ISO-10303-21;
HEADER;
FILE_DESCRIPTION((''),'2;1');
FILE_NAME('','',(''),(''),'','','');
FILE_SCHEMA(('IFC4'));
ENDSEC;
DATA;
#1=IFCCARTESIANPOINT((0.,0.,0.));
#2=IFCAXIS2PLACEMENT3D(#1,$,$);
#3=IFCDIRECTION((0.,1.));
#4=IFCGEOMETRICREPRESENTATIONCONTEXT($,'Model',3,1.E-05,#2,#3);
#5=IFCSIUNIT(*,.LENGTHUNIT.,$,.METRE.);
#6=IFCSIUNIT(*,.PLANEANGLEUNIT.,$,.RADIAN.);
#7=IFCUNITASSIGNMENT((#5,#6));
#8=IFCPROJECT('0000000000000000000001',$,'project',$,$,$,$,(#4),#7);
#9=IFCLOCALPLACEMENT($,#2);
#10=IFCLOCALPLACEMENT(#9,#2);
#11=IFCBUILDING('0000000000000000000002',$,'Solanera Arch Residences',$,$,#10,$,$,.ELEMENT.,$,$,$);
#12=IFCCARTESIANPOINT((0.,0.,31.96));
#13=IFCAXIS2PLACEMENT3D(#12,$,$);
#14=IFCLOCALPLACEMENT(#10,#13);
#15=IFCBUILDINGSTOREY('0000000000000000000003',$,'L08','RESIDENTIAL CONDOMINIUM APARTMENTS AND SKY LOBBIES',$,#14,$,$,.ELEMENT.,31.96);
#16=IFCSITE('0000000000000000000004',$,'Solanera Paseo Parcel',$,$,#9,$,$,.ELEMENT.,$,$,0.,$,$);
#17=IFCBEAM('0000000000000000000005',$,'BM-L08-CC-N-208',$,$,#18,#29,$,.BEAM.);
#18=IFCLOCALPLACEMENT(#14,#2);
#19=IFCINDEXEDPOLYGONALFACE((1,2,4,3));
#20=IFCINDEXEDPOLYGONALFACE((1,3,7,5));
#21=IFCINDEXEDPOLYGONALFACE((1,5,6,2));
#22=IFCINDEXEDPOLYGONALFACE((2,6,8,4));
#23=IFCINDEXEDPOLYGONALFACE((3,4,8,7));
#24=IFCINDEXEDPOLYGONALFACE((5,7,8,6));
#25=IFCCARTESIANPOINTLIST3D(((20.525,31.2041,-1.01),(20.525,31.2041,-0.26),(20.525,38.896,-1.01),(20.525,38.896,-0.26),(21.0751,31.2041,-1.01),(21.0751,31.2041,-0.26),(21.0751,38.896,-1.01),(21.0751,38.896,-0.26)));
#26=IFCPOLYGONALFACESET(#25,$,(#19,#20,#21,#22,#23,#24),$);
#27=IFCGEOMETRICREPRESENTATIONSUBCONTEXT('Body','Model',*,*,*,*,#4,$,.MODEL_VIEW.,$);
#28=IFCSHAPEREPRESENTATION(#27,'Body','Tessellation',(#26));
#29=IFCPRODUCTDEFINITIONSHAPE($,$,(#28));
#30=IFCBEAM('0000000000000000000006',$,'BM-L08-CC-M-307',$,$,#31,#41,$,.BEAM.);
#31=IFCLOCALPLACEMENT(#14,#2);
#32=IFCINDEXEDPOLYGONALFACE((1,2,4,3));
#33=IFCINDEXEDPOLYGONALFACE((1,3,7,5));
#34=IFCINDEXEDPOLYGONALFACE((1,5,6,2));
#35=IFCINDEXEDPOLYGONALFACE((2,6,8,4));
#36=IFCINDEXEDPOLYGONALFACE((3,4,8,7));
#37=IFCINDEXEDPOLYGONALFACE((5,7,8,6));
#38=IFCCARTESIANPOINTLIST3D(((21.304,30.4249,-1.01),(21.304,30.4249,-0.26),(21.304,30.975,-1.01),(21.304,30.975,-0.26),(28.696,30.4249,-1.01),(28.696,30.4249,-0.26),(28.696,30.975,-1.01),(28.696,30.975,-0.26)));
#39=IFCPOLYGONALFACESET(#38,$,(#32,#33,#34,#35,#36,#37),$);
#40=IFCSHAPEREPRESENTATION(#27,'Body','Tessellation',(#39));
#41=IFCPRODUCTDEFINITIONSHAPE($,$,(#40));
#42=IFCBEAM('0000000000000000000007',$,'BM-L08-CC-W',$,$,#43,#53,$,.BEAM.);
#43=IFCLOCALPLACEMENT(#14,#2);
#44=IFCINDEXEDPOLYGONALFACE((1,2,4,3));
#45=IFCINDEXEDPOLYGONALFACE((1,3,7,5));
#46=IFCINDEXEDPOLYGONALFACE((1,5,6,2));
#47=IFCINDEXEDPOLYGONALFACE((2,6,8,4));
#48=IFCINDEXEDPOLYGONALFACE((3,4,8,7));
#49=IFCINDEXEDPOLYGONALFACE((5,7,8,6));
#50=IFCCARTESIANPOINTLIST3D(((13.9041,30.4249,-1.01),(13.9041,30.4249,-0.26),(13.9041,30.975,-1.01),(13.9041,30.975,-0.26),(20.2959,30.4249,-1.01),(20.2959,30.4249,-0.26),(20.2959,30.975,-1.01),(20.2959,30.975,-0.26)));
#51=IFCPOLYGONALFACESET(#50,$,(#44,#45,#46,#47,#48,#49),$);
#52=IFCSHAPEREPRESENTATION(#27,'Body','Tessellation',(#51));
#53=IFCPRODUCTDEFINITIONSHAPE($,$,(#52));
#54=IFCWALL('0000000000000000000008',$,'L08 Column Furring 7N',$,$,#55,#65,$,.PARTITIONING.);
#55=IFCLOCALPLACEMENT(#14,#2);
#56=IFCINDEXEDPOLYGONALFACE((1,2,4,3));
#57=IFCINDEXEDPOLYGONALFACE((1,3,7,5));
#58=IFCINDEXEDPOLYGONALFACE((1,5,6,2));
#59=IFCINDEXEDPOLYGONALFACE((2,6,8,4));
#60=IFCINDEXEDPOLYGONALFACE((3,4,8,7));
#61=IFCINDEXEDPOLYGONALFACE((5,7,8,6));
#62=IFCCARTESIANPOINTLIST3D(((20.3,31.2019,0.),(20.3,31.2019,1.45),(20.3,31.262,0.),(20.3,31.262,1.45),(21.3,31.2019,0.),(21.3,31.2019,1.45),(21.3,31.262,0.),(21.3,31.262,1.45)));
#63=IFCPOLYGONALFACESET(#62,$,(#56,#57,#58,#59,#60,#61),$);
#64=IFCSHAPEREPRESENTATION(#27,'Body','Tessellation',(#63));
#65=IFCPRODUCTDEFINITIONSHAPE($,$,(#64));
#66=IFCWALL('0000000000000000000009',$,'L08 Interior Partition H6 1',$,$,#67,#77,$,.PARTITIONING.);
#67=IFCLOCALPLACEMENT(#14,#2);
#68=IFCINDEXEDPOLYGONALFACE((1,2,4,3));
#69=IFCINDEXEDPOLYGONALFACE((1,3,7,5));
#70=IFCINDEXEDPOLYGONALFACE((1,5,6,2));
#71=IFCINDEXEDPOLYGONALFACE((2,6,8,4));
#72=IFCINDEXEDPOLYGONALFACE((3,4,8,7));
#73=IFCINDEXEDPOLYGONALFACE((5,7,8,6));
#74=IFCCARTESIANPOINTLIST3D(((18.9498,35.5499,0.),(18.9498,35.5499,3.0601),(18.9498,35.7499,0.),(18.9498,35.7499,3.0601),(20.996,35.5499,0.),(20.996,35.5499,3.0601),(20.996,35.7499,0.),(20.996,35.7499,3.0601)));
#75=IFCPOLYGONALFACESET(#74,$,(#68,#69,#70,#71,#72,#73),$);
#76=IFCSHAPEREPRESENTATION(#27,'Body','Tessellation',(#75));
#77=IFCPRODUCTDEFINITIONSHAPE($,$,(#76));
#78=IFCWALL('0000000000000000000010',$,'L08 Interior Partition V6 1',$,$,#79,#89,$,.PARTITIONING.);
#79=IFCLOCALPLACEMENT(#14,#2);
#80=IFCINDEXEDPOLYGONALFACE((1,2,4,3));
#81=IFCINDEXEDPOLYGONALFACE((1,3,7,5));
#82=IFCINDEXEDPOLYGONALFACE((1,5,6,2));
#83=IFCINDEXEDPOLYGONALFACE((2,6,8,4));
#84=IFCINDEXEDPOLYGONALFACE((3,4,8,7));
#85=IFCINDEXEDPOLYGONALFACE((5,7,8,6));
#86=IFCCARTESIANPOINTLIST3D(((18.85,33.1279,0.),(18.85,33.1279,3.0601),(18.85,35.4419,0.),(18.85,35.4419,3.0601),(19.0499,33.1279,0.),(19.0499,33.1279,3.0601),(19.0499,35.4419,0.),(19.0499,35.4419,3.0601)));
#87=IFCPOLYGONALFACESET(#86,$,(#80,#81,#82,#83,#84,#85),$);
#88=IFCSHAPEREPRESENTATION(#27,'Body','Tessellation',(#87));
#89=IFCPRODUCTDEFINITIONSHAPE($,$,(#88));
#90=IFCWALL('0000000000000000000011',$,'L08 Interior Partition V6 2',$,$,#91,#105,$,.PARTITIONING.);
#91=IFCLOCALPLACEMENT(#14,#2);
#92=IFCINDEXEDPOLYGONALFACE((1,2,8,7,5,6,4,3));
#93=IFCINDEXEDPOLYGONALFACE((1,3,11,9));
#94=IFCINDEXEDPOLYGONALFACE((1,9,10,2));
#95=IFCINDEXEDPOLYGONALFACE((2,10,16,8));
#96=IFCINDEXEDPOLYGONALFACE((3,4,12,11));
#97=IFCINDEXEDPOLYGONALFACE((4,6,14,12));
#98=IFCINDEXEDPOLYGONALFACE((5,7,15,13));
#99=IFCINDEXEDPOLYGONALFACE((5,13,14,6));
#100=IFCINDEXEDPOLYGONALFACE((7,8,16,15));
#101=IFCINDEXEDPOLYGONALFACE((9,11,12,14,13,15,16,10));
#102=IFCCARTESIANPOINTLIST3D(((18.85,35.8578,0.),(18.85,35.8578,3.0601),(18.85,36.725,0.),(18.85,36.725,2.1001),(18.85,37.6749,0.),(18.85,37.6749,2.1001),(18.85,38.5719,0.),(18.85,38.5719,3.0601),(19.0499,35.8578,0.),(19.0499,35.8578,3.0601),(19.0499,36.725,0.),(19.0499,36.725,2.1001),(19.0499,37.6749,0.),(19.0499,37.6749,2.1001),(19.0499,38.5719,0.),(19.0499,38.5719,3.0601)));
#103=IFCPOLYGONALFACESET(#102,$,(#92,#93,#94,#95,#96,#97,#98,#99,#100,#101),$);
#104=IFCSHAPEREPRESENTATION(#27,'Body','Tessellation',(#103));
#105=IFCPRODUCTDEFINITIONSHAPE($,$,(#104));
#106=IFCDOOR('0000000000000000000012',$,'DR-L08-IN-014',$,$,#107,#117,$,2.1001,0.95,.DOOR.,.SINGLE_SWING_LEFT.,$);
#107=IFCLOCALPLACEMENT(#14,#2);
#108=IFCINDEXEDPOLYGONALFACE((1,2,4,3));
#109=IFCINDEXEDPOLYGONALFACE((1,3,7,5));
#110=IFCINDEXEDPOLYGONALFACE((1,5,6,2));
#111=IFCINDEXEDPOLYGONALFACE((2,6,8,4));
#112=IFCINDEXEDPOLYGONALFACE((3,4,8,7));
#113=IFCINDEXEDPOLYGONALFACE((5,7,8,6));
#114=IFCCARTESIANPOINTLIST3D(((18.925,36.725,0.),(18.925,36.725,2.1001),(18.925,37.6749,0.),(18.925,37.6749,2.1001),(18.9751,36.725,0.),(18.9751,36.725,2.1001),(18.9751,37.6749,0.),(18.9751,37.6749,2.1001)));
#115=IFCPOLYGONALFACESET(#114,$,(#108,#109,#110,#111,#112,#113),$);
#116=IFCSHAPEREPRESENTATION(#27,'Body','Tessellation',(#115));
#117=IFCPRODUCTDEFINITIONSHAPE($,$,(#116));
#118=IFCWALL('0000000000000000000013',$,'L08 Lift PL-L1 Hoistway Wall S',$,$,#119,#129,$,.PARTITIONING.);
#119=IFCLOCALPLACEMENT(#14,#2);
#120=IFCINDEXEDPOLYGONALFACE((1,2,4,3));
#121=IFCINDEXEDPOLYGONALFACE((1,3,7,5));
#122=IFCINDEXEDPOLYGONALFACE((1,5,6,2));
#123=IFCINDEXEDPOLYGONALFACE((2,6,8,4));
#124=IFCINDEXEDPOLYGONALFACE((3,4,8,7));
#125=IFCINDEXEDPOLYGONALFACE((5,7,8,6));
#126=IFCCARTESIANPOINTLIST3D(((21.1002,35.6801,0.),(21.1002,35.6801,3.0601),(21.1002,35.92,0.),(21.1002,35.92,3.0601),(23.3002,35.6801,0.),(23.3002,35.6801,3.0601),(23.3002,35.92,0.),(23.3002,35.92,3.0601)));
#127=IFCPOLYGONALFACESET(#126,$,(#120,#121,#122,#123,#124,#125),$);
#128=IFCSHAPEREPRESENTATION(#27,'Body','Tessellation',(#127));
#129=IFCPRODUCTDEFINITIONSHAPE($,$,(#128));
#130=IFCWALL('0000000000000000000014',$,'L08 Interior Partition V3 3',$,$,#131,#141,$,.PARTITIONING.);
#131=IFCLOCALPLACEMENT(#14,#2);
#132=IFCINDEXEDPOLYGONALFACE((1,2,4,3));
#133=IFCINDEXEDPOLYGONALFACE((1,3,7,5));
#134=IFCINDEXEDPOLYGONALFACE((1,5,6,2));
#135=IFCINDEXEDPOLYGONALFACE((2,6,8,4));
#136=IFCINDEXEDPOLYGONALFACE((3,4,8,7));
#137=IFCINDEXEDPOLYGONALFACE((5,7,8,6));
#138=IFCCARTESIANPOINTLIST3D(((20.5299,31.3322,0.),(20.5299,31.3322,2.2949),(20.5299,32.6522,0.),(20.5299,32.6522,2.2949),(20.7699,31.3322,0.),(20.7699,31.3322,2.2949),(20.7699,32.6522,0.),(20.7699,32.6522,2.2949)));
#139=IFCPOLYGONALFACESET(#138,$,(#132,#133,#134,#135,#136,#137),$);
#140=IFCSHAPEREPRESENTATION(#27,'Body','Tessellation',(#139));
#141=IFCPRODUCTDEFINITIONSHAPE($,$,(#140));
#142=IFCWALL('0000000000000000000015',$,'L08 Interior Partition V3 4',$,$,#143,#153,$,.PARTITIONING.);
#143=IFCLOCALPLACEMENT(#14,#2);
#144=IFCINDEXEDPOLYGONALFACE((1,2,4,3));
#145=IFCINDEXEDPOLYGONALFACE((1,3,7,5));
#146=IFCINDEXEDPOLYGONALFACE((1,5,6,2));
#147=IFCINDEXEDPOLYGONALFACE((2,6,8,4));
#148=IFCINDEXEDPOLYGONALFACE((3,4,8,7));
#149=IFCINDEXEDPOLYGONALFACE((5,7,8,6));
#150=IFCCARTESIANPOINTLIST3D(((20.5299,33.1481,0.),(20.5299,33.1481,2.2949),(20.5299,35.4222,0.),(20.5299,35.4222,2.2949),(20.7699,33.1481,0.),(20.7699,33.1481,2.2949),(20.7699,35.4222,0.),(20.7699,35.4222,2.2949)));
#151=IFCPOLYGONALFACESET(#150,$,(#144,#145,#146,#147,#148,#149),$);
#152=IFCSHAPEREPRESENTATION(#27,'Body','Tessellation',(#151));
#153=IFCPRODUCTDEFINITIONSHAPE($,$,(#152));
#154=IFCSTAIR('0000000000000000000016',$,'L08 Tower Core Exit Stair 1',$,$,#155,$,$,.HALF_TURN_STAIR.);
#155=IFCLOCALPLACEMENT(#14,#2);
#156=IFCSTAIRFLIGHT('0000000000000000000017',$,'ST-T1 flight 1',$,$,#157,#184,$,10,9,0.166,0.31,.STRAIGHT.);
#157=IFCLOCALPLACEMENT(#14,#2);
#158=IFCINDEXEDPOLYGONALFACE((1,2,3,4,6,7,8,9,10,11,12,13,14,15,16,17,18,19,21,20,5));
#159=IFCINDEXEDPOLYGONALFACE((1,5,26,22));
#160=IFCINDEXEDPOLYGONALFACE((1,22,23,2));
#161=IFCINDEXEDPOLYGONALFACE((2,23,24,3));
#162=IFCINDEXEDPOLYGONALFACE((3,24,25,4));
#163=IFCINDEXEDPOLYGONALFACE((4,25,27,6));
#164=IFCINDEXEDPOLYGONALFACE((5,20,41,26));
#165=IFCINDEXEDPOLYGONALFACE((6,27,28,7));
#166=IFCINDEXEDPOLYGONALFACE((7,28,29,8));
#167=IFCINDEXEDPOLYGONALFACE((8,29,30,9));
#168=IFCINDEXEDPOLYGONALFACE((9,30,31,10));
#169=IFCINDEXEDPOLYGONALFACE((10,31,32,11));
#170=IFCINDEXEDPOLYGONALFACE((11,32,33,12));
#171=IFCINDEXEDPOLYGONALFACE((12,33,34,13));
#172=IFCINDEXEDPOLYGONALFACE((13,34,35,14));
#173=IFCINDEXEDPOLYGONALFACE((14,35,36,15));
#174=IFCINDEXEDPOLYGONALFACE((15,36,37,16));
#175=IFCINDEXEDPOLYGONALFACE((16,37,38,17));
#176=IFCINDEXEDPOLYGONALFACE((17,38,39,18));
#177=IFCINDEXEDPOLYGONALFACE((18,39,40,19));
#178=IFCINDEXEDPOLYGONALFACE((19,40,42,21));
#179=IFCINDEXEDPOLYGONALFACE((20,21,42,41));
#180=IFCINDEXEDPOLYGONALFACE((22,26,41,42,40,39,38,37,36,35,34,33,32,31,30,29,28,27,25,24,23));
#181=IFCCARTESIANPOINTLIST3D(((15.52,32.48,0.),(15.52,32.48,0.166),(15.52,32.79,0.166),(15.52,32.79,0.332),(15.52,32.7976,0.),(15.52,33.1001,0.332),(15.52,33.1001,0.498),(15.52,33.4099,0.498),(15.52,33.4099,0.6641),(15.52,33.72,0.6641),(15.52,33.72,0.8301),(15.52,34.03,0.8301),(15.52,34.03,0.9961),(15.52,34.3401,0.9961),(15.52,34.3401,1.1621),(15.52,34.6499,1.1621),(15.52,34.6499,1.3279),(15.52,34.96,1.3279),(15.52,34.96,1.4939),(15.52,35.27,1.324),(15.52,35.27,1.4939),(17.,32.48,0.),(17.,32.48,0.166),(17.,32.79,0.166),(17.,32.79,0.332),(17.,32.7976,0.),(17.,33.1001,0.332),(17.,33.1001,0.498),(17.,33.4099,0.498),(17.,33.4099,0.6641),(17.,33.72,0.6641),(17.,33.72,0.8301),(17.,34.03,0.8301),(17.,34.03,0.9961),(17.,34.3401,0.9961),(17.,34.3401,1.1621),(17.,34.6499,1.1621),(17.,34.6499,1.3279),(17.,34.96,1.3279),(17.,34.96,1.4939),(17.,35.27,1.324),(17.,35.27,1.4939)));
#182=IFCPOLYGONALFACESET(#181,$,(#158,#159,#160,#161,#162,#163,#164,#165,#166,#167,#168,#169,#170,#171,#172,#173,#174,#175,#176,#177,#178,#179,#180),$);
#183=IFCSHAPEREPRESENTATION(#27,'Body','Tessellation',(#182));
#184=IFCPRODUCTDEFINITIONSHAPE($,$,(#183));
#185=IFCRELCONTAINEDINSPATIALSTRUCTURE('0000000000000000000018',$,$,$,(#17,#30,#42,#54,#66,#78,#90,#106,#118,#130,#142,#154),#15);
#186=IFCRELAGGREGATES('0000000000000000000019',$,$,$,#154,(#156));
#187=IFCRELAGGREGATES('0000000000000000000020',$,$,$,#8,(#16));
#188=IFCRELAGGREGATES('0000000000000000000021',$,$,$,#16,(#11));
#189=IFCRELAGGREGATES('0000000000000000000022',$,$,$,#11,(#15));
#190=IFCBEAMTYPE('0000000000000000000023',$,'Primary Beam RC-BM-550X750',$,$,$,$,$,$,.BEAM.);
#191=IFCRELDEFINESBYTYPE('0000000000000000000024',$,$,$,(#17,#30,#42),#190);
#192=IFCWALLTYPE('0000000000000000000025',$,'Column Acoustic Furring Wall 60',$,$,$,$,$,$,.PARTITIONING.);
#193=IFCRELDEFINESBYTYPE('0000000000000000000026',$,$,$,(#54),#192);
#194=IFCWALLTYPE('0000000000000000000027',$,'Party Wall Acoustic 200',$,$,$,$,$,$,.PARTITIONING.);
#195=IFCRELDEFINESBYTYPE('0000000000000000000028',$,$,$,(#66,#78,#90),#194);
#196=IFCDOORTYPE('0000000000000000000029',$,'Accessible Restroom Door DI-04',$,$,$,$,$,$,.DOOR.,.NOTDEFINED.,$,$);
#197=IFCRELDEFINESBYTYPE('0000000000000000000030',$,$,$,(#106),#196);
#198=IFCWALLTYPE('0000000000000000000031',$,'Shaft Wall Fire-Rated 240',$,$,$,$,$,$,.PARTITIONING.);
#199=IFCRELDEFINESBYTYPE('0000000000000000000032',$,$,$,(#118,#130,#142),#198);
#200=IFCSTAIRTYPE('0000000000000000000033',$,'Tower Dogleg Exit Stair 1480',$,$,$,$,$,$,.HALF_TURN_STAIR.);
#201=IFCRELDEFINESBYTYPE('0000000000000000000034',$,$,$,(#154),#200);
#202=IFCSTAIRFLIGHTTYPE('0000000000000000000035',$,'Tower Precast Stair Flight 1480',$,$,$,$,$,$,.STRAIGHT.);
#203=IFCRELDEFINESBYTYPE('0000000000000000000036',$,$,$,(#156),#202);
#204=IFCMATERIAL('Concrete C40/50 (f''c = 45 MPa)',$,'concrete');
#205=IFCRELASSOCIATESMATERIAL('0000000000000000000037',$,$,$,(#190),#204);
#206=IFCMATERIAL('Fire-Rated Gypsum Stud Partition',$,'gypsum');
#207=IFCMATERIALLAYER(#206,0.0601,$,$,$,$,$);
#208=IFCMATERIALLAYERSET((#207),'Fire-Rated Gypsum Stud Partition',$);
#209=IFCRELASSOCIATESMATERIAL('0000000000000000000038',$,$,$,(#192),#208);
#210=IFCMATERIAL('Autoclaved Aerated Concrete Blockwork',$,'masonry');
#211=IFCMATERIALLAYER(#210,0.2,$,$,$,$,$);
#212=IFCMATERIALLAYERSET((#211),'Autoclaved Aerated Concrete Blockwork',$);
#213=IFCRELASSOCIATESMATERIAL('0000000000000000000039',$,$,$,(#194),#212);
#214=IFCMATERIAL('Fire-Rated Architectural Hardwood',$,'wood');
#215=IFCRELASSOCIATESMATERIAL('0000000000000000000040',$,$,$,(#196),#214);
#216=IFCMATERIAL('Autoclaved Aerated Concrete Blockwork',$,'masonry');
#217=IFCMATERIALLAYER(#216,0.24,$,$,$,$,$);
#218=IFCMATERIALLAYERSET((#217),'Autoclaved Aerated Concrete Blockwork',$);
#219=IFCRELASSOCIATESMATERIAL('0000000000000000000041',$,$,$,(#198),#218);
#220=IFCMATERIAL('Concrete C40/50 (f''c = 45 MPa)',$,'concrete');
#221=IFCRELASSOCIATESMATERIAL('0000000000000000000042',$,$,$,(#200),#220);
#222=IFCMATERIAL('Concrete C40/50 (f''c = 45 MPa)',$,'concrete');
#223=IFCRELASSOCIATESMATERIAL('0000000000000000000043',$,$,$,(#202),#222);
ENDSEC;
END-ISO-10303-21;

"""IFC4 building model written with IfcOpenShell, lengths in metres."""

from ifc_helpers import new_model, si_unit, direction, frame, frame_2d, origin, origin_2d, place, context, subcontext, project, spatial, polyline, rectangle, outline, extrude, material, layer, layer_set, material_profile, profile_set, type_object, element, fill, aggregate, save


model = new_model("IFC4")

# Units and contexts
model_context = context("Model", 3, precision=1e-05, world=origin(), true_north=direction((0.0, 1.0)))
body_context = subcontext(model_context, "Body", "Model", "MODEL_VIEW")
ifc_project = project(units=[si_unit("LENGTHUNIT", "METRE"), si_unit("PLANEANGLEUNIT", "RADIAN")], contexts=[model_context])

# Site, building, storey
site_placement = place(None, origin())
site = spatial("IfcSite", under=ifc_project, at=site_placement, Name="Solanera Paseo Parcel", CompositionType="ELEMENT", RefElevation=0.0)
building_placement = place(site_placement, origin())
building = spatial("IfcBuilding", under=site, at=building_placement, Name="Solanera Arch Residences", CompositionType="ELEMENT")
storey_placement = place(building_placement, frame((0.0, 0.0, 31.96)))
storey = spatial("IfcBuildingStorey", under=building, at=storey_placement, Name="L08", Description="RESIDENTIAL CONDOMINIUM APARTMENTS AND SKY LOBBIES", CompositionType="ELEMENT", Elevation=31.96)

# Beams
ifc_material_1 = material(Name="Concrete C40/50 (f'c = 45 MPa)", Category="concrete")
ifc_material_profile = material_profile(ifc_material_1, rectangle(XDim=0.55, YDim=0.75, at=origin_2d()))
ifc_profile_set = profile_set([ifc_material_profile], Name="Concrete C40/50 (f'c = 45 MPa)")
beam_type = type_object("IfcBeamType", Name="Primary Beam RC-BM-550X750", PredefinedType="BEAM", material=ifc_profile_set)
beam_1_placement = place(storey_placement, frame((20.8, 31.2041, -0.635), z_axis=(0.0, 1.0, 0.0), x_axis=(-1.0, 0.0, 0.0)))
element("IfcBeam", 1, at=beam_1_placement, inside=storey, type_object=beam_type, Name="BM-L08-CC-N-208", PredefinedType="BEAM", context=body_context, shape_type="SweptSolid", body=[
    extrude(rectangle(XDim=0.55, YDim=0.75, at=origin_2d()), origin(), (0.0, 0.0, 1.0), 7.6919),
])
beam_2_placement = place(storey_placement, frame((21.304, 30.7, -0.635), z_axis=(1.0, 0.0, 0.0), x_axis=(0.0, 1.0, 0.0)))
element("IfcBeam", 2, at=beam_2_placement, inside=storey, type_object=beam_type, Name="BM-L08-CC-M-307", PredefinedType="BEAM", context=body_context, shape_type="SweptSolid", body=[
    extrude(rectangle(XDim=0.55, YDim=0.75, at=origin_2d()), origin(), (0.0, 0.0, 1.0), 7.3921),
])
beam_3_placement = place(storey_placement, frame((13.9041, 30.7, -0.635), z_axis=(1.0, 0.0, 0.0), x_axis=(0.0, 1.0, 0.0)))
element("IfcBeam", 3, at=beam_3_placement, inside=storey, type_object=beam_type, Name="BM-L08-CC-W", PredefinedType="BEAM", context=body_context, shape_type="SweptSolid", body=[
    extrude(rectangle(XDim=0.55, YDim=0.75, at=origin_2d()), origin(), (0.0, 0.0, 1.0), 6.3918),
])

# Wall
ifc_material_2 = material(Name="Fire-Rated Gypsum Stud Partition", Category="gypsum")
ifc_layer_1 = layer(ifc_material_2, 0.0601)
ifc_layer_set_1 = layer_set([ifc_layer_1], Name="Fire-Rated Gypsum Stud Partition")
wall_type_1 = type_object("IfcWallType", Name="Column Acoustic Furring Wall 60", PredefinedType="PARTITIONING", material=ifc_layer_set_1)
wall_1_placement = place(storey_placement, frame((20.3, 31.2319, 0.0), z_axis=(0.0, 0.0, 1.0), x_axis=(1.0, 0.0, 0.0)))
element("IfcWall", 4, at=wall_1_placement, inside=storey, type_object=wall_type_1, Name="L08 Column Furring 7N", PredefinedType="PARTITIONING", context=body_context, shape_type="SweptSolid", body=[
    extrude(rectangle(XDim=1.0, YDim=0.0601, at=frame_2d((0.5, 0.0))), origin(), (0.0, 0.0, 1.0), 1.45),
])

# Walls
ifc_material_3 = material(Name="Autoclaved Aerated Concrete Blockwork", Category="masonry")
ifc_layer_2 = layer(ifc_material_3, 0.2)
ifc_layer_set_2 = layer_set([ifc_layer_2], Name="Autoclaved Aerated Concrete Blockwork")
wall_type_2 = type_object("IfcWallType", Name="Party Wall Acoustic 200", PredefinedType="PARTITIONING", material=ifc_layer_set_2)
wall_2_placement = place(storey_placement, frame((18.95, 35.6499, 0.0), z_axis=(0.0, 0.0, 1.0), x_axis=(1.0, 0.0, 0.0)))
element("IfcWall", 5, at=wall_2_placement, inside=storey, type_object=wall_type_2, Name="L08 Interior Partition H6 1", PredefinedType="PARTITIONING", context=body_context, shape_type="SweptSolid", body=[
    extrude(rectangle(XDim=2.0461, YDim=0.2, at=frame_2d((1.0229, 0.0))), origin(), (0.0, 0.0, 1.0), 3.0601),
])
wall_3_placement = place(storey_placement, frame((18.95, 33.1279, 0.0), z_axis=(0.0, 0.0, 1.0), x_axis=(0.0, 1.0, 0.0)))
element("IfcWall", 6, at=wall_3_placement, inside=storey, type_object=wall_type_2, Name="L08 Interior Partition V6 1", PredefinedType="PARTITIONING", context=body_context, shape_type="SweptSolid", body=[
    extrude(rectangle(XDim=2.314, YDim=0.2, at=frame_2d((1.157, 0.0))), origin(), (0.0, 0.0, 1.0), 3.0601),
])

# Wall, opening, door
wall_4_placement = place(storey_placement, frame((18.95, 35.8579, 0.0), z_axis=(0.0, 0.0, 1.0), x_axis=(0.0, 1.0, 0.0)))
wall_4 = element("IfcWall", 7, at=wall_4_placement, inside=storey, type_object=wall_type_2, Name="L08 Interior Partition V6 2", PredefinedType="PARTITIONING", context=body_context, shape_type="SweptSolid", body=[
    extrude(rectangle(XDim=2.7141, YDim=0.2, at=frame_2d((1.3569, 0.0))), origin(), (0.0, 0.0, 1.0), 3.0601),
])
opening_1_placement = place(wall_4_placement, frame((0.8669, 0.0, 0.0)))
opening_1 = element("IfcOpeningElement", 8, at=opening_1_placement, cuts=wall_4, PredefinedType="OPENING", context=body_context, shape_type="SweptSolid", body=[
    extrude(rectangle(XDim=0.95, YDim=2.1001, at=frame_2d((0.4751, 1.05))), frame((0.0, 0.1101, 0.0), z_axis=(0.0, -1.0, 0.0), x_axis=(1.0, 0.0, 0.0)), (0.0, 0.0, 1.0), 0.22),
])
ifc_material_4 = material(Name="Fire-Rated Architectural Hardwood", Category="wood")
door_type_1 = type_object("IfcDoorType", Name="Accessible Restroom Door DI-04", OperationType="NOTDEFINED", PredefinedType="DOOR", material=ifc_material_4)
door_1_placement = place(opening_1_placement, origin())
door_1 = element("IfcDoor", 9, at=door_1_placement, inside=storey, type_object=door_type_1, Name="DR-L08-IN-014", OperationType="SINGLE_SWING_LEFT", OverallHeight=2.1001, OverallWidth=0.95, PredefinedType="DOOR", context=body_context, shape_type="SweptSolid", body=[
    extrude(rectangle(XDim=0.95, YDim=2.1001, at=frame_2d((0.4751, 1.05))), frame((0.0, 0.0249, 0.0), z_axis=(0.0, -1.0, 0.0), x_axis=(1.0, 0.0, 0.0)), (0.0, 0.0, 1.0), 0.05),
])
fill(opening_1, door_1)

# Wall
ifc_material_5 = material(Name="Autoclaved Aerated Concrete Blockwork", Category="masonry")
ifc_layer_3 = layer(ifc_material_5, 0.24)
ifc_layer_set_3 = layer_set([ifc_layer_3], Name="Autoclaved Aerated Concrete Blockwork")
wall_type_3 = type_object("IfcWallType", Name="Shaft Wall Fire-Rated 240", PredefinedType="PARTITIONING", material=ifc_layer_set_3)
wall_5_placement = place(storey_placement, frame((21.1001, 35.8, 0.0), z_axis=(0.0, 0.0, 1.0), x_axis=(1.0, 0.0, 0.0)))
element("IfcWall", 10, at=wall_5_placement, inside=storey, type_object=wall_type_3, Name="L08 Lift PL-L1 Hoistway Wall S", PredefinedType="PARTITIONING", context=body_context, shape_type="SweptSolid", body=[
    extrude(rectangle(XDim=2.2, YDim=0.24, at=frame_2d((1.1001, 0.0))), origin(), (0.0, 0.0, 1.0), 3.0601),
])

# Walls
wall_6_placement = place(storey_placement, frame((20.6499, 31.332, 0.0), z_axis=(0.0, 0.0, 1.0), x_axis=(0.0, 1.0, 0.0)))
element("IfcWall", 11, at=wall_6_placement, inside=storey, type_object=wall_type_3, Name="L08 Interior Partition V3 3", PredefinedType="PARTITIONING", context=body_context, shape_type="SweptSolid", body=[
    extrude(rectangle(XDim=1.3201, YDim=0.24, at=frame_2d((0.6602, 0.0))), origin(), (0.0, 0.0, 1.0), 2.2949),
])
wall_7_placement = place(storey_placement, frame((20.6499, 33.1479, 0.0), z_axis=(0.0, 0.0, 1.0), x_axis=(0.0, 1.0, 0.0)))
element("IfcWall", 12, at=wall_7_placement, inside=storey, type_object=wall_type_3, Name="L08 Interior Partition V3 4", PredefinedType="PARTITIONING", context=body_context, shape_type="SweptSolid", body=[
    extrude(rectangle(XDim=2.2742, YDim=0.24, at=frame_2d((1.1372, 0.0))), origin(), (0.0, 0.0, 1.0), 2.2949),
])

# Stair, stair flight
ifc_material_6 = material(Name="Concrete C40/50 (f'c = 45 MPa)", Category="concrete")
stair_type = type_object("IfcStairType", Name="Tower Dogleg Exit Stair 1480", PredefinedType="HALF_TURN_STAIR", material=ifc_material_6)
stair_placement = place(storey_placement, origin())
stair = element("IfcStair", 13, at=stair_placement, inside=storey, type_object=stair_type, Name="L08 Tower Core Exit Stair 1", PredefinedType="HALF_TURN_STAIR")
ifc_material_7 = material(Name="Concrete C40/50 (f'c = 45 MPa)", Category="concrete")
stair_flight_type = type_object("IfcStairFlightType", Name="Tower Precast Stair Flight 1480", PredefinedType="STRAIGHT", material=ifc_material_7)
stair_flight_1_placement = place(storey_placement, frame((16.26, 32.48, 0.0), z_axis=(0.0, 0.0, 1.0), x_axis=(0.0, 1.0, 0.0)))
stair_flight_1 = element("IfcStairFlight", 14, at=stair_flight_1_placement, type_object=stair_flight_type, Name="ST-T1 flight 1", NumberOfRisers=10, NumberOfTreads=9, PredefinedType="STRAIGHT", RiserHeight=0.166, TreadLength=0.31, context=body_context, shape_type="SweptSolid", body=[
    extrude(outline(polyline([(0.0, 0.0), (0.0, 0.166), (0.3101, 0.166), (0.3101, 0.332), (0.6201, 0.332), (0.6201, 0.498), (0.9299, 0.498), (0.9299, 0.6641), (1.24, 0.6641), (1.24, 0.8301), (1.55, 0.8301), (1.55, 0.9961), (1.8601, 0.9961), (1.8601, 1.1621), (2.1699, 1.1621), (2.1699, 1.3279), (2.48, 1.3279), (2.48, 1.4939), (2.79, 1.4939), (2.79, 1.6599), (2.79, 1.324), (0.3176, 0.0), (0.0, 0.0)])), frame((0.0, 0.74, 0.0), z_axis=(0.0, -1.0, 0.0), x_axis=(1.0, 0.0, 0.0)), (0.0, 0.0, 1.0), 1.48),
])
aggregate(stair, [stair_flight_1])

save(model, "model.ifc")
